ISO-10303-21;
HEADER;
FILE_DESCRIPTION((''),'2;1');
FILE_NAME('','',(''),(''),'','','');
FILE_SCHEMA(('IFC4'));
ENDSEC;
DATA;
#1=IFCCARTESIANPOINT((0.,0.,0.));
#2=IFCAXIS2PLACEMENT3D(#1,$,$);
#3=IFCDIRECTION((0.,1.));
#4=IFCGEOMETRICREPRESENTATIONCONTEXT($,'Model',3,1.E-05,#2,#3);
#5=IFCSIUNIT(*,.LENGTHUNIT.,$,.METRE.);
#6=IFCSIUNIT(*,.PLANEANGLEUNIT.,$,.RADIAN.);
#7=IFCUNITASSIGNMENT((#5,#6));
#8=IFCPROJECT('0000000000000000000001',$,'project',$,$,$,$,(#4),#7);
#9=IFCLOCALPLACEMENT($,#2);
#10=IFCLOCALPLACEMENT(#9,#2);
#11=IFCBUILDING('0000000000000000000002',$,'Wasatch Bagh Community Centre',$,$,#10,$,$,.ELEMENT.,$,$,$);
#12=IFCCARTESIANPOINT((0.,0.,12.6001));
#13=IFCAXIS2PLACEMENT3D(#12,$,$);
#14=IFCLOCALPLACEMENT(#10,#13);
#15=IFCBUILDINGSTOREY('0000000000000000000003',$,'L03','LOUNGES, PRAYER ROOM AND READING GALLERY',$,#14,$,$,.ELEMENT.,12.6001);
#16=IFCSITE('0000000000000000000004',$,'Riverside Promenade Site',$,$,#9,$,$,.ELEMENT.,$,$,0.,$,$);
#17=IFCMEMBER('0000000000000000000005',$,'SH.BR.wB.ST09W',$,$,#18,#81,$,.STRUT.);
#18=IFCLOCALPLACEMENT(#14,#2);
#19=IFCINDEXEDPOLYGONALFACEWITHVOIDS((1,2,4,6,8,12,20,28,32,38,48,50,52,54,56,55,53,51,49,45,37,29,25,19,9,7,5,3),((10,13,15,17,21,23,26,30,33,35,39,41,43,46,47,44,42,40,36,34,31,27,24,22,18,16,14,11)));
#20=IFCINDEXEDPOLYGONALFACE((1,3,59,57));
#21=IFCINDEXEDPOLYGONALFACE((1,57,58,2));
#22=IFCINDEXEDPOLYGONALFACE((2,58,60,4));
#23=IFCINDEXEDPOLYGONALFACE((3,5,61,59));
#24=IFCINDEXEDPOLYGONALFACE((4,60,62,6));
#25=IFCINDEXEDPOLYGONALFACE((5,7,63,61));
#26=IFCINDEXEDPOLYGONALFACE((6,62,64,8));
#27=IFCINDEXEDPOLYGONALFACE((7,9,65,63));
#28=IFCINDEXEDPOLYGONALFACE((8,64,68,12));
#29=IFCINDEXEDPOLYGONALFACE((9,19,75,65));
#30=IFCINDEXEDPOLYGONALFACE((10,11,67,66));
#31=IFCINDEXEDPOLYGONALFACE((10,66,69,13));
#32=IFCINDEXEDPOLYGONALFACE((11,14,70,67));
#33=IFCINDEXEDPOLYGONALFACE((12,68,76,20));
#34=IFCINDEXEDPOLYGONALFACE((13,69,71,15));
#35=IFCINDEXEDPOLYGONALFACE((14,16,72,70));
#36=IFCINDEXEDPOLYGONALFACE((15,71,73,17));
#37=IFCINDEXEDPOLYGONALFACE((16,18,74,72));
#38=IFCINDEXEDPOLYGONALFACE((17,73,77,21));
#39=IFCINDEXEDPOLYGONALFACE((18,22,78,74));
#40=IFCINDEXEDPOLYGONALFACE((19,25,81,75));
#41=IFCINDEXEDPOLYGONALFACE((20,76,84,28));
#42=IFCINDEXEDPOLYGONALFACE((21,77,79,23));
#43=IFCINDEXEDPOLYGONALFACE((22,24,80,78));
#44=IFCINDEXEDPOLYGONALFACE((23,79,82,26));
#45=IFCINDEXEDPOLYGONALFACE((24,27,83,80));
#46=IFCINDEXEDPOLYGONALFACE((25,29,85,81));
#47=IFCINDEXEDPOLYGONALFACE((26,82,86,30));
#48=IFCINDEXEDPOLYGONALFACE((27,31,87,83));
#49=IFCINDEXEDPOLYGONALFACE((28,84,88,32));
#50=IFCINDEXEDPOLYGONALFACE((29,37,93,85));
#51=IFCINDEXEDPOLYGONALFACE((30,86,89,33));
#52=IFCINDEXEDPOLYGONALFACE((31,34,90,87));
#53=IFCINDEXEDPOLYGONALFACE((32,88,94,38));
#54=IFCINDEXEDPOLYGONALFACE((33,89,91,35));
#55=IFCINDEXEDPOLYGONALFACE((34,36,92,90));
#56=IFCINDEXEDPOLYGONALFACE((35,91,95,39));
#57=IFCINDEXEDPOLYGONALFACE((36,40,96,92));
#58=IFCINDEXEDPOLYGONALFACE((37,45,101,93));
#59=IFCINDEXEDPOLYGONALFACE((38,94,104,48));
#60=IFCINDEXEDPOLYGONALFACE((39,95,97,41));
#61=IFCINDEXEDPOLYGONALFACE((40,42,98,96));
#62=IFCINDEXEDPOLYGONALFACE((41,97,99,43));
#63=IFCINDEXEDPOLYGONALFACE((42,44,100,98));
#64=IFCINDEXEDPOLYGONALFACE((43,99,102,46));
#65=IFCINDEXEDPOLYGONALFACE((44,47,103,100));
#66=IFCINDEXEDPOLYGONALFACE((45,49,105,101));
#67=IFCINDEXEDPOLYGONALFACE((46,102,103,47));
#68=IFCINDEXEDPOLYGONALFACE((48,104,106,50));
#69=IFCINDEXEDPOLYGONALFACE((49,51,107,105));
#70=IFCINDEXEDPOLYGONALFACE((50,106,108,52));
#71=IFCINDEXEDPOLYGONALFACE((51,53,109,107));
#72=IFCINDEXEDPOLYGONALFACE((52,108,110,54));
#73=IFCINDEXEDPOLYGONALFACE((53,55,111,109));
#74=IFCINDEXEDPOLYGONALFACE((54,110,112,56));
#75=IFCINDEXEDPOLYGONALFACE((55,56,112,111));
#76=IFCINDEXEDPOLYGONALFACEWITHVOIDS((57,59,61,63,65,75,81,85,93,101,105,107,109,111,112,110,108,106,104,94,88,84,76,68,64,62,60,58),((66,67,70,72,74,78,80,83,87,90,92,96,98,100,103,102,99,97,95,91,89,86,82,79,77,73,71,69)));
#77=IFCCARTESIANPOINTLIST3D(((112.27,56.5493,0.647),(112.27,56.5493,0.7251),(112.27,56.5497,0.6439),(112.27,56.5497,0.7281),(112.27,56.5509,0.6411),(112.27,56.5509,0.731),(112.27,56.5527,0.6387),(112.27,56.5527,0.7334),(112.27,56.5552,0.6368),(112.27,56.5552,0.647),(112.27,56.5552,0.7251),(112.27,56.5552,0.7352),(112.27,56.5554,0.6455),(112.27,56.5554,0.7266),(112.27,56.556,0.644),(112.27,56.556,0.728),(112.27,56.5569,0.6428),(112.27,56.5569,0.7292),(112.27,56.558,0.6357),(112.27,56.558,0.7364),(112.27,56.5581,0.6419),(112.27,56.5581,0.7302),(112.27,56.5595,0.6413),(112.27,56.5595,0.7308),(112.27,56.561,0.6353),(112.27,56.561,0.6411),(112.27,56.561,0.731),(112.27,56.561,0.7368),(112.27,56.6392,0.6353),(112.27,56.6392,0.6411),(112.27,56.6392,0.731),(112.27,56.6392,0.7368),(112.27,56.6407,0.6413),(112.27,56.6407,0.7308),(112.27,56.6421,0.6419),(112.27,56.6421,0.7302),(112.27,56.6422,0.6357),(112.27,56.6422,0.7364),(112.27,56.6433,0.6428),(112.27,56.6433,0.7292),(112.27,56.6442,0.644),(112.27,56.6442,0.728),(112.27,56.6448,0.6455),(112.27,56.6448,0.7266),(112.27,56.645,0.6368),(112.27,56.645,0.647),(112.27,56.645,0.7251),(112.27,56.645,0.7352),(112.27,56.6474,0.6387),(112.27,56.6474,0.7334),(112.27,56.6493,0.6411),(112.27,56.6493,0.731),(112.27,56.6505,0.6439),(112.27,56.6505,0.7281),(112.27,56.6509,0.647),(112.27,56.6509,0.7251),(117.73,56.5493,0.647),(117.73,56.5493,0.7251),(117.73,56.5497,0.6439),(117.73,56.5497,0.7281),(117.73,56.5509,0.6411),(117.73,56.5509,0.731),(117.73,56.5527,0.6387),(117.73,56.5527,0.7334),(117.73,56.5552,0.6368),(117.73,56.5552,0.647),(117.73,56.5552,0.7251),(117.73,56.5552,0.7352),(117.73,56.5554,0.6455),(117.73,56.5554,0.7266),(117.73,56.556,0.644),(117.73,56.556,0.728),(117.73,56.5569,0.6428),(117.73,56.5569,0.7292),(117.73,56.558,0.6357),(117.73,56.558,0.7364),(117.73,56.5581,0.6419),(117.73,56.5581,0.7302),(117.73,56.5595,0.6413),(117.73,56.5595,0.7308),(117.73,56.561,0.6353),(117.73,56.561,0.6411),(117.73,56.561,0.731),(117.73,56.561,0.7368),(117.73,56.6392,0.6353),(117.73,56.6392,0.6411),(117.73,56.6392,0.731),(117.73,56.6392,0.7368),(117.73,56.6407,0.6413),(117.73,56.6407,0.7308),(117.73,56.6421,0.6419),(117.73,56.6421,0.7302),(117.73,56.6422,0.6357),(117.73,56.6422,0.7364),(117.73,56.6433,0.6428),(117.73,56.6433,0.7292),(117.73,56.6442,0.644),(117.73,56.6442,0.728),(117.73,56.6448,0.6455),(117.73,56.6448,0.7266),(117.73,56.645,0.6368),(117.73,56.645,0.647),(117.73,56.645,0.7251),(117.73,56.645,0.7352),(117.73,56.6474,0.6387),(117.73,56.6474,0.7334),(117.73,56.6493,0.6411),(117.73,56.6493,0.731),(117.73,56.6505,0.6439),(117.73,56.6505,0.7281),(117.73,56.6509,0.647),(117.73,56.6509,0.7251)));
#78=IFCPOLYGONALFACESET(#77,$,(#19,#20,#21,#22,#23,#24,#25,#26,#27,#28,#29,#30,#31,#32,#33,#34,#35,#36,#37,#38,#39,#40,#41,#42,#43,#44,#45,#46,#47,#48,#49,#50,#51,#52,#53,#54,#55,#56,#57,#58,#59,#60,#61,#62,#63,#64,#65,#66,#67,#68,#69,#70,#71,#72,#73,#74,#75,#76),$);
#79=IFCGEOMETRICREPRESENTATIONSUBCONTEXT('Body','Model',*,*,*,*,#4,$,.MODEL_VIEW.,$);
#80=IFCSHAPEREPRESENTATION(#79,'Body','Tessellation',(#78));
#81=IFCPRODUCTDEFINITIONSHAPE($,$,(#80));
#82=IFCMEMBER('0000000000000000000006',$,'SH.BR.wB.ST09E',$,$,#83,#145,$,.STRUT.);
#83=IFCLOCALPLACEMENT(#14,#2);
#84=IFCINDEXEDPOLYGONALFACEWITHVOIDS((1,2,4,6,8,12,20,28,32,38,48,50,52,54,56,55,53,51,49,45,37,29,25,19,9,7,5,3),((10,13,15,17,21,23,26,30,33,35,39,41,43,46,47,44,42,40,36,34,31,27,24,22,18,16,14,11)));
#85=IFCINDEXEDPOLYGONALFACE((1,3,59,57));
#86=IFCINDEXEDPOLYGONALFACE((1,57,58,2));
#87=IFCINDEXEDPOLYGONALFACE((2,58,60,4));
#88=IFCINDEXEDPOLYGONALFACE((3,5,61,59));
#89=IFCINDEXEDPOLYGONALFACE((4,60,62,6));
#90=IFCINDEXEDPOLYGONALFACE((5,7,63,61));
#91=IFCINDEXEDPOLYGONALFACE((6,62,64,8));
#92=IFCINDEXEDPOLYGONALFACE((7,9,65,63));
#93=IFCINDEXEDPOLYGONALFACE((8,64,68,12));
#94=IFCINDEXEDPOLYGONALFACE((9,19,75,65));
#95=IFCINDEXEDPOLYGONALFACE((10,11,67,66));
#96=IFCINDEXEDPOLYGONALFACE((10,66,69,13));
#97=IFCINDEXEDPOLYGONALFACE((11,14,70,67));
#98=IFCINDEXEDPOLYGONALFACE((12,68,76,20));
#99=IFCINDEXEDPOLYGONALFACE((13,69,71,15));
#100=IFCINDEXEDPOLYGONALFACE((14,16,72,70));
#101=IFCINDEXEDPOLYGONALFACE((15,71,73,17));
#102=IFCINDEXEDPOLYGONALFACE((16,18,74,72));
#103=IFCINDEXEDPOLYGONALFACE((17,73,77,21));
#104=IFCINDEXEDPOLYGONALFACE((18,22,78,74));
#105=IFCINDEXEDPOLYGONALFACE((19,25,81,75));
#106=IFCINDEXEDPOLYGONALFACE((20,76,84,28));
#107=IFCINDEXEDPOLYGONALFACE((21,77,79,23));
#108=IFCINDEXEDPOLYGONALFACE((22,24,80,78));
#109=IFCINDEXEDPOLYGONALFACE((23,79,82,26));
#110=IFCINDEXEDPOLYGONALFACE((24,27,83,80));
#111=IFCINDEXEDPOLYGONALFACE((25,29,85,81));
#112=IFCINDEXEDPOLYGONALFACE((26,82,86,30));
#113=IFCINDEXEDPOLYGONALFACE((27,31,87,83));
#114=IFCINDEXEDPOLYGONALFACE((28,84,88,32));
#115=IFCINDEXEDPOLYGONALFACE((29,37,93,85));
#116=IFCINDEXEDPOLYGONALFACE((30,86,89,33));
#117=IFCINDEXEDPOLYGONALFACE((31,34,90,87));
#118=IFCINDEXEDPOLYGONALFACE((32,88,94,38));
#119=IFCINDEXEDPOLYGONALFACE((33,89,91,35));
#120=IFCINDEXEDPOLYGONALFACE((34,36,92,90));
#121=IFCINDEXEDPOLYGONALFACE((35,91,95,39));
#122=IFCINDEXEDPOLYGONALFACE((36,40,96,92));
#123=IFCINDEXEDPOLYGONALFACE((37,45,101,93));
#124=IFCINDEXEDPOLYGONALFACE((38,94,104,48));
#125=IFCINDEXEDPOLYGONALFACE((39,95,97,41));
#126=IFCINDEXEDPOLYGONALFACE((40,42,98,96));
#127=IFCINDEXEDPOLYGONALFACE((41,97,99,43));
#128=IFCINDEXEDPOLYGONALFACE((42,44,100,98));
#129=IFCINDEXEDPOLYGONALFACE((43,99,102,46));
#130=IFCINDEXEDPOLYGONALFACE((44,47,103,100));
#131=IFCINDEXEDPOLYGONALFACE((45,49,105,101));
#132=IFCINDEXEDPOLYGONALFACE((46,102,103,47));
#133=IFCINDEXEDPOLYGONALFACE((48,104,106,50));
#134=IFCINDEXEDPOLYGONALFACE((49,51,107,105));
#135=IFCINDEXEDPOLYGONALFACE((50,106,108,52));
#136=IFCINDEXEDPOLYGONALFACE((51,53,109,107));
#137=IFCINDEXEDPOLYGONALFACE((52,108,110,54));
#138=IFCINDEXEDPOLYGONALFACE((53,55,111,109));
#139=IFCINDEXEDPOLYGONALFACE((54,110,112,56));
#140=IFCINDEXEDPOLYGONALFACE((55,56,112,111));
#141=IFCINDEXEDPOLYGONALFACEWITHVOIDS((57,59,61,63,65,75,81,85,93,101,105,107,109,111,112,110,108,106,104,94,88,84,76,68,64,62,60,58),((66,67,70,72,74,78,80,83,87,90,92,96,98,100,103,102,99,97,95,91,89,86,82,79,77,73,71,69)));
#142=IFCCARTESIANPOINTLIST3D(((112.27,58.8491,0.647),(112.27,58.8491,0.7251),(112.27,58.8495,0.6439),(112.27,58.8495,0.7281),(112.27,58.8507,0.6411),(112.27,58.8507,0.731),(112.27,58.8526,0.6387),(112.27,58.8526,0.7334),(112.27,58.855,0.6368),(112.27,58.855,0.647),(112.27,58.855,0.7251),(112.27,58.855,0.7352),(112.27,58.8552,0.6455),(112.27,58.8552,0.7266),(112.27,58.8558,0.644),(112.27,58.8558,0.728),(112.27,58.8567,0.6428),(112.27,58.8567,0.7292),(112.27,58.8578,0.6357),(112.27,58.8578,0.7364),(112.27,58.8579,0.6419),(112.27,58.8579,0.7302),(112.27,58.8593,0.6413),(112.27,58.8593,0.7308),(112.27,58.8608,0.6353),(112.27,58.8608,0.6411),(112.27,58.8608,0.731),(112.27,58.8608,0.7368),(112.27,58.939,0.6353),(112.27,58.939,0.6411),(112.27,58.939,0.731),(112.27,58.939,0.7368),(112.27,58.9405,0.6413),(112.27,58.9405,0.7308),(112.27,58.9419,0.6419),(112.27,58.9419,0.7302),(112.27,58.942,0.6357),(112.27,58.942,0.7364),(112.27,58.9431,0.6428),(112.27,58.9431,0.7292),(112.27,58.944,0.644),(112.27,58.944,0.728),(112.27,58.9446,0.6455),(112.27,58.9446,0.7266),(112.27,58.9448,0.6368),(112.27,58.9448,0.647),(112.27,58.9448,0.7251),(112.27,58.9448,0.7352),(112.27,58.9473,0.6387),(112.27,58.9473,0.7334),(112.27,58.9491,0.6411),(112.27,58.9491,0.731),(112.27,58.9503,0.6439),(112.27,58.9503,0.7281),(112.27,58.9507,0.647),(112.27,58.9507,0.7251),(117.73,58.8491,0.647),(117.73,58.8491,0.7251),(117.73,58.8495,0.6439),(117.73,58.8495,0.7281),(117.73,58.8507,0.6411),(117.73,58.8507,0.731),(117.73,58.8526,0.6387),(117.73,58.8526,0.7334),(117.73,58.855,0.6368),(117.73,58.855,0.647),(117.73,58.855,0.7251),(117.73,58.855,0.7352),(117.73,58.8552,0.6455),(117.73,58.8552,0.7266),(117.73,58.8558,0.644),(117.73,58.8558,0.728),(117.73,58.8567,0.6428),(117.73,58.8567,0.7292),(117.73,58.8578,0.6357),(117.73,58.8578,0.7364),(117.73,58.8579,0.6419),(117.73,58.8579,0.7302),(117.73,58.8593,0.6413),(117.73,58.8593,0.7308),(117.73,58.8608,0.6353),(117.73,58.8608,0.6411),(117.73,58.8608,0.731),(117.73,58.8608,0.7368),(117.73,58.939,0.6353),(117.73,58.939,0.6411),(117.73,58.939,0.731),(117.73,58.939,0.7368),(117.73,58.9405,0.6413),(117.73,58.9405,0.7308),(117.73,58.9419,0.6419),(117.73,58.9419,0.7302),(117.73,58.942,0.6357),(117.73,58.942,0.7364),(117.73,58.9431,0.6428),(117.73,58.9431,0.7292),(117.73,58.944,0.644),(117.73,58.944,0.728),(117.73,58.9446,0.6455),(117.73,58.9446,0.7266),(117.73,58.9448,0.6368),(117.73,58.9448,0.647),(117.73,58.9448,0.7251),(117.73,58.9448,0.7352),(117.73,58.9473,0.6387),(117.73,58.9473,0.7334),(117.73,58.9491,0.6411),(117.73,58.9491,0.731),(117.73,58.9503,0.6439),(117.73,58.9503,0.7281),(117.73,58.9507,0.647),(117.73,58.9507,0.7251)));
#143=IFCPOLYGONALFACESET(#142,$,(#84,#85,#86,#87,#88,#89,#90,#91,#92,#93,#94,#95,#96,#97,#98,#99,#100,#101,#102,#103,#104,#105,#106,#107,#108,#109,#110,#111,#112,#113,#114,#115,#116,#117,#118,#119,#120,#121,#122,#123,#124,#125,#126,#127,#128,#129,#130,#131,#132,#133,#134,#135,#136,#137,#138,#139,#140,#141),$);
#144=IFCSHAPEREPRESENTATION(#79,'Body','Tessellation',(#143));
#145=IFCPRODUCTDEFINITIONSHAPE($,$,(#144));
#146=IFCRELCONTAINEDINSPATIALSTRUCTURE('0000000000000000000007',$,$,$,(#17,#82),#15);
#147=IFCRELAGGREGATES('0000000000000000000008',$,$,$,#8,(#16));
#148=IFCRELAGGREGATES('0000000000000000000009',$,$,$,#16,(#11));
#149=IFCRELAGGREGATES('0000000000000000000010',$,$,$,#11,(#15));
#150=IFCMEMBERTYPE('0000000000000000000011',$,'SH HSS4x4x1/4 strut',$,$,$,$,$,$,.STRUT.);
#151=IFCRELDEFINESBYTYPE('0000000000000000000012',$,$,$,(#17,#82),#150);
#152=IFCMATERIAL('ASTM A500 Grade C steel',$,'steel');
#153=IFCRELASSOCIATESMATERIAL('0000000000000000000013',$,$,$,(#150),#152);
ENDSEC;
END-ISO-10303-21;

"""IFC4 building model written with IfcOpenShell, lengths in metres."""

from ifc_helpers import new_model, si_unit, direction, frame, origin, origin_2d, place, context, subcontext, project, spatial, hollow_rectangle, extrude, material, material_profile, profile_set, type_object, element, save


model = new_model("IFC4")

# Units and contexts
model_context = context("Model", 3, precision=1e-05, world=origin(), true_north=direction((0.0, 1.0)))
body_context = subcontext(model_context, "Body", "Model", "MODEL_VIEW")
ifc_project = project(units=[si_unit("LENGTHUNIT", "METRE"), si_unit("PLANEANGLEUNIT", "RADIAN")], contexts=[model_context])

# Site, building, storey
site_placement = place(None, origin())
site = spatial("IfcSite", under=ifc_project, at=site_placement, Name="Riverside Promenade Site", CompositionType="ELEMENT", RefElevation=0.0)
building_placement = place(site_placement, origin())
building = spatial("IfcBuilding", under=site, at=building_placement, Name="Wasatch Bagh Community Centre", CompositionType="ELEMENT")
storey_placement = place(building_placement, frame((0.0, 0.0, 12.6001)))
storey = spatial("IfcBuildingStorey", under=building, at=storey_placement, Name="L03", Description="LOUNGES, PRAYER ROOM AND READING GALLERY", CompositionType="ELEMENT", Elevation=12.6001)

# Members
ifc_material_1 = material(Name="ASTM A500 Grade C steel", Category="steel")
ifc_material_profile_1 = material_profile(ifc_material_1, hollow_rectangle(XDim=0.1016, YDim=0.1016, WallThickness=0.0059, InnerFilletRadius=0.0059, OuterFilletRadius=0.0117, at=origin_2d()), Name="HSS4x4x1/4")
ifc_profile_set_1 = profile_set([ifc_material_profile_1], Name="ASTM A500 Grade C steel")
member_type_1 = type_object("IfcMemberType", Name="SH HSS4x4x1/4 strut", PredefinedType="STRUT", material=ifc_profile_set_1)
for number, where, z_axis, x_axis, name in (
    (1, (112.27, 56.6001, 0.686), (1.0, 0.0, 0.0), (0.0, 1.0, 0.0), "SH.BR.wB.ST09W"),
    (2, (112.27, 58.8999, 0.686), (1.0, 0.0, 0.0), (0.0, 1.0, 0.0), "SH.BR.wB.ST09E"),
):
    element("IfcMember", number, at=place(storey_placement, frame(where, z_axis=z_axis, x_axis=x_axis)), inside=storey, type_object=member_type_1, Name=name, PredefinedType="STRUT", context=body_context, shape_type="SweptSolid", body=[
        extrude(hollow_rectangle(XDim=0.1016, YDim=0.1016, WallThickness=0.0059, InnerFilletRadius=0.0059, OuterFilletRadius=0.0117, at=origin_2d()), origin(), (0.0, 0.0, 1.0), 5.46),
    ])

save(model, "model.ifc")
